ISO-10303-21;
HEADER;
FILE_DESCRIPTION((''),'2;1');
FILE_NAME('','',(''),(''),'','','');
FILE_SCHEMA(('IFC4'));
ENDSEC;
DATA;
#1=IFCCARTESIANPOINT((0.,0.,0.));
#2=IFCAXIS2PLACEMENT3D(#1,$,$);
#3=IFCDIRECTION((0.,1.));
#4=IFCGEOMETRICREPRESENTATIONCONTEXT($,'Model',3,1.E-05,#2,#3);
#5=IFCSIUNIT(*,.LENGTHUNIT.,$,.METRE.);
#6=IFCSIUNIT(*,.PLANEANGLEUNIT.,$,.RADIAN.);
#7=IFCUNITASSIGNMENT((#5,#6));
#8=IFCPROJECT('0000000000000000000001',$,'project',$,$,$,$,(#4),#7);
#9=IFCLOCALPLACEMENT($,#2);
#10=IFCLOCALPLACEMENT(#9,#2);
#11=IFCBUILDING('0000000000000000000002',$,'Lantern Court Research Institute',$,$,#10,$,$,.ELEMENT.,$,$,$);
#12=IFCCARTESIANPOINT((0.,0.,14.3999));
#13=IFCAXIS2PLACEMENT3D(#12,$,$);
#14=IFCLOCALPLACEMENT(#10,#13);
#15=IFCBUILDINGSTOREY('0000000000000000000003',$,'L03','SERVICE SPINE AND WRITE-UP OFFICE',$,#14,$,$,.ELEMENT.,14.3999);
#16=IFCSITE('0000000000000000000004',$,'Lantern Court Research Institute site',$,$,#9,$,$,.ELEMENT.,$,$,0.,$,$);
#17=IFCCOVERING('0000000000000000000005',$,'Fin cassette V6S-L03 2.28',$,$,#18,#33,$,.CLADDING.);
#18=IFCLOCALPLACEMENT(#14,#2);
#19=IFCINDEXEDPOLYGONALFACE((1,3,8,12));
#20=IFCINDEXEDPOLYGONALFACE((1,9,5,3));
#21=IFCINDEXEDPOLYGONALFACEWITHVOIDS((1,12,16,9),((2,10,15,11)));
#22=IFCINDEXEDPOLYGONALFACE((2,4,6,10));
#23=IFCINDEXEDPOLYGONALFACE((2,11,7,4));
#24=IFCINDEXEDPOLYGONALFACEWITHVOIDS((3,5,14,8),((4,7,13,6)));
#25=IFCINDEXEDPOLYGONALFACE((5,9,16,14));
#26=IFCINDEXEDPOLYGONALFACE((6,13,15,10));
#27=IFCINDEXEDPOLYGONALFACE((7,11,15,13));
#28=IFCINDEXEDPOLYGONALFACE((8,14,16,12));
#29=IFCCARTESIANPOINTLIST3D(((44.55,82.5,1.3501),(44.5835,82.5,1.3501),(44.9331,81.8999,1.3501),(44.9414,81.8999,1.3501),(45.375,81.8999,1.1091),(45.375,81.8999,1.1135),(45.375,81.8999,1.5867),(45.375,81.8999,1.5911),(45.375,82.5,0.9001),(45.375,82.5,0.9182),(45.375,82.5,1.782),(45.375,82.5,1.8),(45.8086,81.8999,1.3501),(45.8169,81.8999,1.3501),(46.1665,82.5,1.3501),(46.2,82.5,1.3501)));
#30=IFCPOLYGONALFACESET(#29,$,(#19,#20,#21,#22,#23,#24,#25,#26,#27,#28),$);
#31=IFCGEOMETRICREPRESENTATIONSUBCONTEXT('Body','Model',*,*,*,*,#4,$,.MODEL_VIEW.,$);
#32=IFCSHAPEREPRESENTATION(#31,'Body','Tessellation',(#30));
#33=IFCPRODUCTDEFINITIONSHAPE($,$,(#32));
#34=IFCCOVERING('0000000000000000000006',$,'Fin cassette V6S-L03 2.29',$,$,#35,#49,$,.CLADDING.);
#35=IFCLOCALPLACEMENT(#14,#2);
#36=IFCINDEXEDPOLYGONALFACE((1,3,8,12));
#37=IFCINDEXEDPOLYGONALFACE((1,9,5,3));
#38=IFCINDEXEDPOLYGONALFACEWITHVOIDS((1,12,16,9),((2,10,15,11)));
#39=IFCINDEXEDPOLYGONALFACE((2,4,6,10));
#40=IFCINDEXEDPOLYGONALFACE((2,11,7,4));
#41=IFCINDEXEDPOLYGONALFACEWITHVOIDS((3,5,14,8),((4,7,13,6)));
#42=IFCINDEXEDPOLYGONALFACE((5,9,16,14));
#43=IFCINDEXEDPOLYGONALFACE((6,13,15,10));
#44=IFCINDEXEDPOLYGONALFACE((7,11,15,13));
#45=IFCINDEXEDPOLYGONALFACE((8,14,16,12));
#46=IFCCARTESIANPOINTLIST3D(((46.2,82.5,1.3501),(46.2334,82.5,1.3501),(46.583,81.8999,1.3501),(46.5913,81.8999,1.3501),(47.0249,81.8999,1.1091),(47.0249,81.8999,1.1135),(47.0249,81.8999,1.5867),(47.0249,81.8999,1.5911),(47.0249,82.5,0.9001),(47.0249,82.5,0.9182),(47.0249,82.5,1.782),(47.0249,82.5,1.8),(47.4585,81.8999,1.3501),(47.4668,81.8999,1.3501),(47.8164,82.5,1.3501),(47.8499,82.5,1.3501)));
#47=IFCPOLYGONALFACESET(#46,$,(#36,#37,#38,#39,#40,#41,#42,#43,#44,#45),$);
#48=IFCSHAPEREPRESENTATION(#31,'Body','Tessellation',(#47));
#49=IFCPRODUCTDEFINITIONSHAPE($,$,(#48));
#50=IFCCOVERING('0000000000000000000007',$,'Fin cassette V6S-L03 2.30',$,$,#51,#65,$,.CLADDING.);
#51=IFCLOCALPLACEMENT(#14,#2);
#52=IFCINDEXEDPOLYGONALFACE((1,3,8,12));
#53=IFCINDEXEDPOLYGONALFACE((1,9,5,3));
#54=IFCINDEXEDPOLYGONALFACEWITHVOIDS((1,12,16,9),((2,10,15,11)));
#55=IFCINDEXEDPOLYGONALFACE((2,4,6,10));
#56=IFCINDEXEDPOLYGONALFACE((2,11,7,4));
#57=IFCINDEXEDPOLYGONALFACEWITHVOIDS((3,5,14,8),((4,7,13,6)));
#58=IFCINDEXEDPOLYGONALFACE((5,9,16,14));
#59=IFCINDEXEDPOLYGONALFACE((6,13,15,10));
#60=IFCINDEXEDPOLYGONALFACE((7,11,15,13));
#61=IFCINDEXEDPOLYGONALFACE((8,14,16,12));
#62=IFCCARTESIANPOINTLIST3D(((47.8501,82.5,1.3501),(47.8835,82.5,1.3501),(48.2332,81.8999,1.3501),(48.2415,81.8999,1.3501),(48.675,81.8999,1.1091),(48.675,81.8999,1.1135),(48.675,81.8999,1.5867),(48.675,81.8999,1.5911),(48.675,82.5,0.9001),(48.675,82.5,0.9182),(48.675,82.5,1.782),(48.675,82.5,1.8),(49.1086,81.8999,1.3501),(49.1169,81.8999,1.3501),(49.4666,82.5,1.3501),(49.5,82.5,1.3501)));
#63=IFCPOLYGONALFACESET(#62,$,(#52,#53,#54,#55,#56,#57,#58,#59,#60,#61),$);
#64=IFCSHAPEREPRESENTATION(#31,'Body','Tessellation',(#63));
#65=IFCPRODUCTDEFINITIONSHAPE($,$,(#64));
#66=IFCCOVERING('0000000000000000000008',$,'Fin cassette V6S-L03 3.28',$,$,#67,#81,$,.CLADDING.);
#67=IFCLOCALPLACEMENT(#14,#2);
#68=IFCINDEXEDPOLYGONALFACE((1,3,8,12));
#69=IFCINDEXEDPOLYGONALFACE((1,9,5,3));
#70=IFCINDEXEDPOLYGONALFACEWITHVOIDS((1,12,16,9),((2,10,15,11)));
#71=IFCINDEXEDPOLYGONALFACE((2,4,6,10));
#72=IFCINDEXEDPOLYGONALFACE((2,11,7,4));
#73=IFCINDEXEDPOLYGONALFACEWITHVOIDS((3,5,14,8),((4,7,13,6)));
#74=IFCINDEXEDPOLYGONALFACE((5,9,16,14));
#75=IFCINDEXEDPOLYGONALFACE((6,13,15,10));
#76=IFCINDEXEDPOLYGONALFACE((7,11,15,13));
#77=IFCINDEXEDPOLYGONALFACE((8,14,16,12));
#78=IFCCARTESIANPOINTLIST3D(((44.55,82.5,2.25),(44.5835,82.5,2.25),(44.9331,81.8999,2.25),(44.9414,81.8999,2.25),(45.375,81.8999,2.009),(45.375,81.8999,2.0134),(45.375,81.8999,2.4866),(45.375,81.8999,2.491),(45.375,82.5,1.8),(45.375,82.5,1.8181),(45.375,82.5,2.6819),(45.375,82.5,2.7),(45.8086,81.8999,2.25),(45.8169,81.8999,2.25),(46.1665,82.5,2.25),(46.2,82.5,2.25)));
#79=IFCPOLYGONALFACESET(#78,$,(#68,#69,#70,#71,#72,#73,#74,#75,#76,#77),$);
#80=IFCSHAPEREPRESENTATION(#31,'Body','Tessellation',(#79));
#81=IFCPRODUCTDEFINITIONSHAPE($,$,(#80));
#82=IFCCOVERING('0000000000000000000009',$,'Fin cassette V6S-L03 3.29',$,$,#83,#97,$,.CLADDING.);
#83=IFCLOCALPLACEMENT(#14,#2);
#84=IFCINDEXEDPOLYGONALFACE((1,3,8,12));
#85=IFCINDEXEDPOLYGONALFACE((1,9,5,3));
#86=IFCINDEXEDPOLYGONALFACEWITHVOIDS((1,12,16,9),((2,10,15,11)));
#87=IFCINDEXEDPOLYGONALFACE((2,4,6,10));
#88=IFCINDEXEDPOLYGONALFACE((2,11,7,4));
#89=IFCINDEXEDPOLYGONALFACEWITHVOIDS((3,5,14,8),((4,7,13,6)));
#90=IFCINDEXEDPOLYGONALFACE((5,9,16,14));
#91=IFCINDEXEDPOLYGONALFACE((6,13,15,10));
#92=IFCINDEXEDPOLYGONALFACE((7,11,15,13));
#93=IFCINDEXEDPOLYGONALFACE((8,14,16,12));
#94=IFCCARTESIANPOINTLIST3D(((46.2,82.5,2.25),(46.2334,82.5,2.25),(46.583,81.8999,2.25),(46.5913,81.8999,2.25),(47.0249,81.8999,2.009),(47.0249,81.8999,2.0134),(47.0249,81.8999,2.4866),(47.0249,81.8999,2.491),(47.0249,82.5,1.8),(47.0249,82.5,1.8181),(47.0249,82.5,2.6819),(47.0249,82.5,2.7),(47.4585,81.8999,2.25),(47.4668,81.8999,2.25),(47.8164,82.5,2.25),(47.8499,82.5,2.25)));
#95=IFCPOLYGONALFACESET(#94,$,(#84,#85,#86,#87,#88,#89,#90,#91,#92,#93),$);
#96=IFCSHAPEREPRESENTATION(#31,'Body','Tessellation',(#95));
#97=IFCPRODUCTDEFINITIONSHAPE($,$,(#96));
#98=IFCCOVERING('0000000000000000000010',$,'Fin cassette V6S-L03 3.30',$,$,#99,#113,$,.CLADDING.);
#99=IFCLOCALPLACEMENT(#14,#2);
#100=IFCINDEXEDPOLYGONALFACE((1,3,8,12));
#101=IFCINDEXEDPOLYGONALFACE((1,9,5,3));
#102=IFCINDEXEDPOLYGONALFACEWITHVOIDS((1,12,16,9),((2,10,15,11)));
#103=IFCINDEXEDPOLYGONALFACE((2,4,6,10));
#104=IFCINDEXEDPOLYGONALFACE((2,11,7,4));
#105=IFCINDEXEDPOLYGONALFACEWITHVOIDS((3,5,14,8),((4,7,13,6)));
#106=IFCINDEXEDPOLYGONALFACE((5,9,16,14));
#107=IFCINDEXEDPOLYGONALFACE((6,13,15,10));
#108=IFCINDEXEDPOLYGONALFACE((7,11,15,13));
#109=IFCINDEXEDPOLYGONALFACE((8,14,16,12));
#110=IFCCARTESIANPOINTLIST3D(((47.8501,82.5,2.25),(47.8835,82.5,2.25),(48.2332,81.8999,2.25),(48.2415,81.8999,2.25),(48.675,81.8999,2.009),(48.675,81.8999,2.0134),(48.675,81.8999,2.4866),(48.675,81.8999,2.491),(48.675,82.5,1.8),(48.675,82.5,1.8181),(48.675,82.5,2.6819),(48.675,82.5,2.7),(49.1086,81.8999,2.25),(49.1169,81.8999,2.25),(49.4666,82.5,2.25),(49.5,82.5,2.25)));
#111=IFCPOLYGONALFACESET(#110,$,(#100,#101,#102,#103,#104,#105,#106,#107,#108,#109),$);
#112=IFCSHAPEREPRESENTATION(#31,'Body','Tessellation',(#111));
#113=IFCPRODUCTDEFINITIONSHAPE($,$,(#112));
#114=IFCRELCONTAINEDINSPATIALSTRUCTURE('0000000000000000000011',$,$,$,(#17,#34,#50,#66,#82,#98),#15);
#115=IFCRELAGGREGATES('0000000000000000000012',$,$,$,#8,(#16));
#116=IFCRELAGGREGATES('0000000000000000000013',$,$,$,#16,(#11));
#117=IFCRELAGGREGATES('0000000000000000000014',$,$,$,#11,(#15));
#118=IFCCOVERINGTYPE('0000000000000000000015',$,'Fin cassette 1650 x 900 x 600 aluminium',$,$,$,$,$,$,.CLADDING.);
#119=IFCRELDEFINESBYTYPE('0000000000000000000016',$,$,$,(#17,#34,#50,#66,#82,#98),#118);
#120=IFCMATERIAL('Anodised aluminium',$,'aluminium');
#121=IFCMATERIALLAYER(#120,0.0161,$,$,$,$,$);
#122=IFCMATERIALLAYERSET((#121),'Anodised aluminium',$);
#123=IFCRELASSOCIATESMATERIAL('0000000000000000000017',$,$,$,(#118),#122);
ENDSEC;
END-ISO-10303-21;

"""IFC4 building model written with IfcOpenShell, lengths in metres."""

from ifc_helpers import new_model, entity, si_unit, direction, frame, origin, place, context, subcontext, project, spatial, material, layer, layer_set, type_object, element, save


model = new_model("IFC4")

# Units and contexts
model_context = context("Model", 3, precision=1e-05, world=origin(), true_north=direction((0.0, 1.0)))
body_context = subcontext(model_context, "Body", "Model", "MODEL_VIEW")
ifc_project = project(units=[si_unit("LENGTHUNIT", "METRE"), si_unit("PLANEANGLEUNIT", "RADIAN")], contexts=[model_context])

# Site, building, storey
site_placement = place(None, origin())
site = spatial("IfcSite", under=ifc_project, at=site_placement, Name="Lantern Court Research Institute site", CompositionType="ELEMENT", RefElevation=0.0)
building_placement = place(site_placement, origin())
building = spatial("IfcBuilding", under=site, at=building_placement, Name="Lantern Court Research Institute", CompositionType="ELEMENT")
storey_placement = place(building_placement, frame((0.0, 0.0, 14.3999)))
storey = spatial("IfcBuildingStorey", under=building, at=storey_placement, Name="L03", Description="SERVICE SPINE AND WRITE-UP OFFICE", CompositionType="ELEMENT", Elevation=14.3999)

# Coverings
ifc_material_1 = material(Name="Anodised aluminium", Category="aluminium")
ifc_layer_1 = layer(ifc_material_1, 0.0161)
ifc_layer_set_1 = layer_set([ifc_layer_1], Name="Anodised aluminium")
covering_type = type_object("IfcCoveringType", Name="Fin cassette 1650 x 900 x 600 aluminium", PredefinedType="CLADDING", material=ifc_layer_set_1)
covering_1_placement = place(storey_placement, frame((45.375, 82.5, 1.3501), z_axis=(0.0, -1.0, 0.0), x_axis=(1.0, 0.0, 0.0)))
cartesian_point_1 = entity("IfcCartesianPoint", [0.825, 0.0])
cartesian_point_2 = entity("IfcCartesianPoint", [0.7915, 0.0])
cartesian_point_3 = entity("IfcCartesianPoint", [0.4419, 0.0])
cartesian_point_4 = entity("IfcCartesianPoint", [0.4336, 0.0])
element("IfcCovering", 1, at=covering_1_placement, inside=storey, type_object=covering_type, Name="Fin cassette V6S-L03 2.28", PredefinedType="CLADDING", context=body_context, shape_type="SweptSolid", body=[
    entity("IfcExtrudedAreaSolidTapered", entity("IfcArbitraryProfileDefWithVoids", "AREA", None, entity("IfcPolyline", [cartesian_point_1, entity("IfcCartesianPoint", [0.0, 0.45]), entity("IfcCartesianPoint", [-0.825, 0.0]), entity("IfcCartesianPoint", [0.0, -0.45]), cartesian_point_1]), [entity("IfcPolyline", [cartesian_point_2, entity("IfcCartesianPoint", [0.0, 0.4319]), entity("IfcCartesianPoint", [-0.7915, 0.0]), entity("IfcCartesianPoint", [0.0, -0.4319]), cartesian_point_2])]), entity("IfcAxis2Placement3D", entity("IfcCartesianPoint", [0.0, 0.0, 0.0])), entity("IfcDirection", [0.0, 0.0, 1.0]), 0.6001, entity("IfcArbitraryProfileDefWithVoids", "AREA", None, entity("IfcPolyline", [cartesian_point_3, entity("IfcCartesianPoint", [0.0, 0.241]), entity("IfcCartesianPoint", [-0.4419, 0.0]), entity("IfcCartesianPoint", [0.0, -0.241]), cartesian_point_3]), [entity("IfcPolyline", [cartesian_point_4, entity("IfcCartesianPoint", [0.0, 0.2366]), entity("IfcCartesianPoint", [-0.4336, 0.0]), entity("IfcCartesianPoint", [0.0, -0.2366]), cartesian_point_4])])),
])
covering_2_placement = place(storey_placement, frame((47.0249, 82.5, 1.3501), z_axis=(0.0, -1.0, 0.0), x_axis=(1.0, 0.0, 0.0)))
cartesian_point_5 = entity("IfcCartesianPoint", [0.825, 0.0])
cartesian_point_6 = entity("IfcCartesianPoint", [0.7915, 0.0])
cartesian_point_7 = entity("IfcCartesianPoint", [0.4419, 0.0])
cartesian_point_8 = entity("IfcCartesianPoint", [0.4336, 0.0])
element("IfcCovering", 2, at=covering_2_placement, inside=storey, type_object=covering_type, Name="Fin cassette V6S-L03 2.29", PredefinedType="CLADDING", context=body_context, shape_type="SweptSolid", body=[
    entity("IfcExtrudedAreaSolidTapered", entity("IfcArbitraryProfileDefWithVoids", "AREA", None, entity("IfcPolyline", [cartesian_point_5, entity("IfcCartesianPoint", [0.0, 0.45]), entity("IfcCartesianPoint", [-0.825, 0.0]), entity("IfcCartesianPoint", [0.0, -0.45]), cartesian_point_5]), [entity("IfcPolyline", [cartesian_point_6, entity("IfcCartesianPoint", [0.0, 0.4319]), entity("IfcCartesianPoint", [-0.7915, 0.0]), entity("IfcCartesianPoint", [0.0, -0.4319]), cartesian_point_6])]), entity("IfcAxis2Placement3D", entity("IfcCartesianPoint", [0.0, 0.0, 0.0])), entity("IfcDirection", [0.0, 0.0, 1.0]), 0.6001, entity("IfcArbitraryProfileDefWithVoids", "AREA", None, entity("IfcPolyline", [cartesian_point_7, entity("IfcCartesianPoint", [0.0, 0.241]), entity("IfcCartesianPoint", [-0.4419, 0.0]), entity("IfcCartesianPoint", [0.0, -0.241]), cartesian_point_7]), [entity("IfcPolyline", [cartesian_point_8, entity("IfcCartesianPoint", [0.0, 0.2366]), entity("IfcCartesianPoint", [-0.4336, 0.0]), entity("IfcCartesianPoint", [0.0, -0.2366]), cartesian_point_8])])),
])
covering_3_placement = place(storey_placement, frame((48.675, 82.5, 1.3501), z_axis=(0.0, -1.0, 0.0), x_axis=(1.0, 0.0, 0.0)))
cartesian_point_9 = entity("IfcCartesianPoint", [0.825, 0.0])
cartesian_point_10 = entity("IfcCartesianPoint", [0.7915, 0.0])
cartesian_point_11 = entity("IfcCartesianPoint", [0.4419, 0.0])
cartesian_point_12 = entity("IfcCartesianPoint", [0.4336, 0.0])
element("IfcCovering", 3, at=covering_3_placement, inside=storey, type_object=covering_type, Name="Fin cassette V6S-L03 2.30", PredefinedType="CLADDING", context=body_context, shape_type="SweptSolid", body=[
    entity("IfcExtrudedAreaSolidTapered", entity("IfcArbitraryProfileDefWithVoids", "AREA", None, entity("IfcPolyline", [cartesian_point_9, entity("IfcCartesianPoint", [0.0, 0.45]), entity("IfcCartesianPoint", [-0.825, 0.0]), entity("IfcCartesianPoint", [0.0, -0.45]), cartesian_point_9]), [entity("IfcPolyline", [cartesian_point_10, entity("IfcCartesianPoint", [0.0, 0.4319]), entity("IfcCartesianPoint", [-0.7915, 0.0]), entity("IfcCartesianPoint", [0.0, -0.4319]), cartesian_point_10])]), entity("IfcAxis2Placement3D", entity("IfcCartesianPoint", [0.0, 0.0, 0.0])), entity("IfcDirection", [0.0, 0.0, 1.0]), 0.6001, entity("IfcArbitraryProfileDefWithVoids", "AREA", None, entity("IfcPolyline", [cartesian_point_11, entity("IfcCartesianPoint", [0.0, 0.241]), entity("IfcCartesianPoint", [-0.4419, 0.0]), entity("IfcCartesianPoint", [0.0, -0.241]), cartesian_point_11]), [entity("IfcPolyline", [cartesian_point_12, entity("IfcCartesianPoint", [0.0, 0.2366]), entity("IfcCartesianPoint", [-0.4336, 0.0]), entity("IfcCartesianPoint", [0.0, -0.2366]), cartesian_point_12])])),
])
covering_4_placement = place(storey_placement, frame((45.375, 82.5, 2.25), z_axis=(0.0, -1.0, 0.0), x_axis=(1.0, 0.0, 0.0)))
cartesian_point_13 = entity("IfcCartesianPoint", [0.825, 0.0])
cartesian_point_14 = entity("IfcCartesianPoint", [0.7915, 0.0])
cartesian_point_15 = entity("IfcCartesianPoint", [0.4419, 0.0])
cartesian_point_16 = entity("IfcCartesianPoint", [0.4336, 0.0])
element("IfcCovering", 4, at=covering_4_placement, inside=storey, type_object=covering_type, Name="Fin cassette V6S-L03 3.28", PredefinedType="CLADDING", context=body_context, shape_type="SweptSolid", body=[
    entity("IfcExtrudedAreaSolidTapered", entity("IfcArbitraryProfileDefWithVoids", "AREA", None, entity("IfcPolyline", [cartesian_point_13, entity("IfcCartesianPoint", [0.0, 0.45]), entity("IfcCartesianPoint", [-0.825, 0.0]), entity("IfcCartesianPoint", [0.0, -0.45]), cartesian_point_13]), [entity("IfcPolyline", [cartesian_point_14, entity("IfcCartesianPoint", [0.0, 0.4319]), entity("IfcCartesianPoint", [-0.7915, 0.0]), entity("IfcCartesianPoint", [0.0, -0.4319]), cartesian_point_14])]), entity("IfcAxis2Placement3D", entity("IfcCartesianPoint", [0.0, 0.0, 0.0])), entity("IfcDirection", [0.0, 0.0, 1.0]), 0.6001, entity("IfcArbitraryProfileDefWithVoids", "AREA", None, entity("IfcPolyline", [cartesian_point_15, entity("IfcCartesianPoint", [0.0, 0.241]), entity("IfcCartesianPoint", [-0.4419, 0.0]), entity("IfcCartesianPoint", [0.0, -0.241]), cartesian_point_15]), [entity("IfcPolyline", [cartesian_point_16, entity("IfcCartesianPoint", [0.0, 0.2366]), entity("IfcCartesianPoint", [-0.4336, 0.0]), entity("IfcCartesianPoint", [0.0, -0.2366]), cartesian_point_16])])),
])
covering_5_placement = place(storey_placement, frame((47.0249, 82.5, 2.25), z_axis=(0.0, -1.0, 0.0), x_axis=(1.0, 0.0, 0.0)))
cartesian_point_17 = entity("IfcCartesianPoint", [0.825, 0.0])
cartesian_point_18 = entity("IfcCartesianPoint", [0.7915, 0.0])
cartesian_point_19 = entity("IfcCartesianPoint", [0.4419, 0.0])
cartesian_point_20 = entity("IfcCartesianPoint", [0.4336, 0.0])
element("IfcCovering", 5, at=covering_5_placement, inside=storey, type_object=covering_type, Name="Fin cassette V6S-L03 3.29", PredefinedType="CLADDING", context=body_context, shape_type="SweptSolid", body=[
    entity("IfcExtrudedAreaSolidTapered", entity("IfcArbitraryProfileDefWithVoids", "AREA", None, entity("IfcPolyline", [cartesian_point_17, entity("IfcCartesianPoint", [0.0, 0.45]), entity("IfcCartesianPoint", [-0.825, 0.0]), entity("IfcCartesianPoint", [0.0, -0.45]), cartesian_point_17]), [entity("IfcPolyline", [cartesian_point_18, entity("IfcCartesianPoint", [0.0, 0.4319]), entity("IfcCartesianPoint", [-0.7915, 0.0]), entity("IfcCartesianPoint", [0.0, -0.4319]), cartesian_point_18])]), entity("IfcAxis2Placement3D", entity("IfcCartesianPoint", [0.0, 0.0, 0.0])), entity("IfcDirection", [0.0, 0.0, 1.0]), 0.6001, entity("IfcArbitraryProfileDefWithVoids", "AREA", None, entity("IfcPolyline", [cartesian_point_19, entity("IfcCartesianPoint", [0.0, 0.241]), entity("IfcCartesianPoint", [-0.4419, 0.0]), entity("IfcCartesianPoint", [0.0, -0.241]), cartesian_point_19]), [entity("IfcPolyline", [cartesian_point_20, entity("IfcCartesianPoint", [0.0, 0.2366]), entity("IfcCartesianPoint", [-0.4336, 0.0]), entity("IfcCartesianPoint", [0.0, -0.2366]), cartesian_point_20])])),
])
covering_6_placement = place(storey_placement, frame((48.675, 82.5, 2.25), z_axis=(0.0, -1.0, 0.0), x_axis=(1.0, 0.0, 0.0)))
cartesian_point_21 = entity("IfcCartesianPoint", [0.825, 0.0])
cartesian_point_22 = entity("IfcCartesianPoint", [0.7915, 0.0])
cartesian_point_23 = entity("IfcCartesianPoint", [0.4419, 0.0])
cartesian_point_24 = entity("IfcCartesianPoint", [0.4336, 0.0])
element("IfcCovering", 6, at=covering_6_placement, inside=storey, type_object=covering_type, Name="Fin cassette V6S-L03 3.30", PredefinedType="CLADDING", context=body_context, shape_type="SweptSolid", body=[
    entity("IfcExtrudedAreaSolidTapered", entity("IfcArbitraryProfileDefWithVoids", "AREA", None, entity("IfcPolyline", [cartesian_point_21, entity("IfcCartesianPoint", [0.0, 0.45]), entity("IfcCartesianPoint", [-0.825, 0.0]), entity("IfcCartesianPoint", [0.0, -0.45]), cartesian_point_21]), [entity("IfcPolyline", [cartesian_point_22, entity("IfcCartesianPoint", [0.0, 0.4319]), entity("IfcCartesianPoint", [-0.7915, 0.0]), entity("IfcCartesianPoint", [0.0, -0.4319]), cartesian_point_22])]), entity("IfcAxis2Placement3D", entity("IfcCartesianPoint", [0.0, 0.0, 0.0])), entity("IfcDirection", [0.0, 0.0, 1.0]), 0.6001, entity("IfcArbitraryProfileDefWithVoids", "AREA", None, entity("IfcPolyline", [cartesian_point_23, entity("IfcCartesianPoint", [0.0, 0.241]), entity("IfcCartesianPoint", [-0.4419, 0.0]), entity("IfcCartesianPoint", [0.0, -0.241]), cartesian_point_23]), [entity("IfcPolyline", [cartesian_point_24, entity("IfcCartesianPoint", [0.0, 0.2366]), entity("IfcCartesianPoint", [-0.4336, 0.0]), entity("IfcCartesianPoint", [0.0, -0.2366]), cartesian_point_24])])),
])

save(model, "model.ifc")
